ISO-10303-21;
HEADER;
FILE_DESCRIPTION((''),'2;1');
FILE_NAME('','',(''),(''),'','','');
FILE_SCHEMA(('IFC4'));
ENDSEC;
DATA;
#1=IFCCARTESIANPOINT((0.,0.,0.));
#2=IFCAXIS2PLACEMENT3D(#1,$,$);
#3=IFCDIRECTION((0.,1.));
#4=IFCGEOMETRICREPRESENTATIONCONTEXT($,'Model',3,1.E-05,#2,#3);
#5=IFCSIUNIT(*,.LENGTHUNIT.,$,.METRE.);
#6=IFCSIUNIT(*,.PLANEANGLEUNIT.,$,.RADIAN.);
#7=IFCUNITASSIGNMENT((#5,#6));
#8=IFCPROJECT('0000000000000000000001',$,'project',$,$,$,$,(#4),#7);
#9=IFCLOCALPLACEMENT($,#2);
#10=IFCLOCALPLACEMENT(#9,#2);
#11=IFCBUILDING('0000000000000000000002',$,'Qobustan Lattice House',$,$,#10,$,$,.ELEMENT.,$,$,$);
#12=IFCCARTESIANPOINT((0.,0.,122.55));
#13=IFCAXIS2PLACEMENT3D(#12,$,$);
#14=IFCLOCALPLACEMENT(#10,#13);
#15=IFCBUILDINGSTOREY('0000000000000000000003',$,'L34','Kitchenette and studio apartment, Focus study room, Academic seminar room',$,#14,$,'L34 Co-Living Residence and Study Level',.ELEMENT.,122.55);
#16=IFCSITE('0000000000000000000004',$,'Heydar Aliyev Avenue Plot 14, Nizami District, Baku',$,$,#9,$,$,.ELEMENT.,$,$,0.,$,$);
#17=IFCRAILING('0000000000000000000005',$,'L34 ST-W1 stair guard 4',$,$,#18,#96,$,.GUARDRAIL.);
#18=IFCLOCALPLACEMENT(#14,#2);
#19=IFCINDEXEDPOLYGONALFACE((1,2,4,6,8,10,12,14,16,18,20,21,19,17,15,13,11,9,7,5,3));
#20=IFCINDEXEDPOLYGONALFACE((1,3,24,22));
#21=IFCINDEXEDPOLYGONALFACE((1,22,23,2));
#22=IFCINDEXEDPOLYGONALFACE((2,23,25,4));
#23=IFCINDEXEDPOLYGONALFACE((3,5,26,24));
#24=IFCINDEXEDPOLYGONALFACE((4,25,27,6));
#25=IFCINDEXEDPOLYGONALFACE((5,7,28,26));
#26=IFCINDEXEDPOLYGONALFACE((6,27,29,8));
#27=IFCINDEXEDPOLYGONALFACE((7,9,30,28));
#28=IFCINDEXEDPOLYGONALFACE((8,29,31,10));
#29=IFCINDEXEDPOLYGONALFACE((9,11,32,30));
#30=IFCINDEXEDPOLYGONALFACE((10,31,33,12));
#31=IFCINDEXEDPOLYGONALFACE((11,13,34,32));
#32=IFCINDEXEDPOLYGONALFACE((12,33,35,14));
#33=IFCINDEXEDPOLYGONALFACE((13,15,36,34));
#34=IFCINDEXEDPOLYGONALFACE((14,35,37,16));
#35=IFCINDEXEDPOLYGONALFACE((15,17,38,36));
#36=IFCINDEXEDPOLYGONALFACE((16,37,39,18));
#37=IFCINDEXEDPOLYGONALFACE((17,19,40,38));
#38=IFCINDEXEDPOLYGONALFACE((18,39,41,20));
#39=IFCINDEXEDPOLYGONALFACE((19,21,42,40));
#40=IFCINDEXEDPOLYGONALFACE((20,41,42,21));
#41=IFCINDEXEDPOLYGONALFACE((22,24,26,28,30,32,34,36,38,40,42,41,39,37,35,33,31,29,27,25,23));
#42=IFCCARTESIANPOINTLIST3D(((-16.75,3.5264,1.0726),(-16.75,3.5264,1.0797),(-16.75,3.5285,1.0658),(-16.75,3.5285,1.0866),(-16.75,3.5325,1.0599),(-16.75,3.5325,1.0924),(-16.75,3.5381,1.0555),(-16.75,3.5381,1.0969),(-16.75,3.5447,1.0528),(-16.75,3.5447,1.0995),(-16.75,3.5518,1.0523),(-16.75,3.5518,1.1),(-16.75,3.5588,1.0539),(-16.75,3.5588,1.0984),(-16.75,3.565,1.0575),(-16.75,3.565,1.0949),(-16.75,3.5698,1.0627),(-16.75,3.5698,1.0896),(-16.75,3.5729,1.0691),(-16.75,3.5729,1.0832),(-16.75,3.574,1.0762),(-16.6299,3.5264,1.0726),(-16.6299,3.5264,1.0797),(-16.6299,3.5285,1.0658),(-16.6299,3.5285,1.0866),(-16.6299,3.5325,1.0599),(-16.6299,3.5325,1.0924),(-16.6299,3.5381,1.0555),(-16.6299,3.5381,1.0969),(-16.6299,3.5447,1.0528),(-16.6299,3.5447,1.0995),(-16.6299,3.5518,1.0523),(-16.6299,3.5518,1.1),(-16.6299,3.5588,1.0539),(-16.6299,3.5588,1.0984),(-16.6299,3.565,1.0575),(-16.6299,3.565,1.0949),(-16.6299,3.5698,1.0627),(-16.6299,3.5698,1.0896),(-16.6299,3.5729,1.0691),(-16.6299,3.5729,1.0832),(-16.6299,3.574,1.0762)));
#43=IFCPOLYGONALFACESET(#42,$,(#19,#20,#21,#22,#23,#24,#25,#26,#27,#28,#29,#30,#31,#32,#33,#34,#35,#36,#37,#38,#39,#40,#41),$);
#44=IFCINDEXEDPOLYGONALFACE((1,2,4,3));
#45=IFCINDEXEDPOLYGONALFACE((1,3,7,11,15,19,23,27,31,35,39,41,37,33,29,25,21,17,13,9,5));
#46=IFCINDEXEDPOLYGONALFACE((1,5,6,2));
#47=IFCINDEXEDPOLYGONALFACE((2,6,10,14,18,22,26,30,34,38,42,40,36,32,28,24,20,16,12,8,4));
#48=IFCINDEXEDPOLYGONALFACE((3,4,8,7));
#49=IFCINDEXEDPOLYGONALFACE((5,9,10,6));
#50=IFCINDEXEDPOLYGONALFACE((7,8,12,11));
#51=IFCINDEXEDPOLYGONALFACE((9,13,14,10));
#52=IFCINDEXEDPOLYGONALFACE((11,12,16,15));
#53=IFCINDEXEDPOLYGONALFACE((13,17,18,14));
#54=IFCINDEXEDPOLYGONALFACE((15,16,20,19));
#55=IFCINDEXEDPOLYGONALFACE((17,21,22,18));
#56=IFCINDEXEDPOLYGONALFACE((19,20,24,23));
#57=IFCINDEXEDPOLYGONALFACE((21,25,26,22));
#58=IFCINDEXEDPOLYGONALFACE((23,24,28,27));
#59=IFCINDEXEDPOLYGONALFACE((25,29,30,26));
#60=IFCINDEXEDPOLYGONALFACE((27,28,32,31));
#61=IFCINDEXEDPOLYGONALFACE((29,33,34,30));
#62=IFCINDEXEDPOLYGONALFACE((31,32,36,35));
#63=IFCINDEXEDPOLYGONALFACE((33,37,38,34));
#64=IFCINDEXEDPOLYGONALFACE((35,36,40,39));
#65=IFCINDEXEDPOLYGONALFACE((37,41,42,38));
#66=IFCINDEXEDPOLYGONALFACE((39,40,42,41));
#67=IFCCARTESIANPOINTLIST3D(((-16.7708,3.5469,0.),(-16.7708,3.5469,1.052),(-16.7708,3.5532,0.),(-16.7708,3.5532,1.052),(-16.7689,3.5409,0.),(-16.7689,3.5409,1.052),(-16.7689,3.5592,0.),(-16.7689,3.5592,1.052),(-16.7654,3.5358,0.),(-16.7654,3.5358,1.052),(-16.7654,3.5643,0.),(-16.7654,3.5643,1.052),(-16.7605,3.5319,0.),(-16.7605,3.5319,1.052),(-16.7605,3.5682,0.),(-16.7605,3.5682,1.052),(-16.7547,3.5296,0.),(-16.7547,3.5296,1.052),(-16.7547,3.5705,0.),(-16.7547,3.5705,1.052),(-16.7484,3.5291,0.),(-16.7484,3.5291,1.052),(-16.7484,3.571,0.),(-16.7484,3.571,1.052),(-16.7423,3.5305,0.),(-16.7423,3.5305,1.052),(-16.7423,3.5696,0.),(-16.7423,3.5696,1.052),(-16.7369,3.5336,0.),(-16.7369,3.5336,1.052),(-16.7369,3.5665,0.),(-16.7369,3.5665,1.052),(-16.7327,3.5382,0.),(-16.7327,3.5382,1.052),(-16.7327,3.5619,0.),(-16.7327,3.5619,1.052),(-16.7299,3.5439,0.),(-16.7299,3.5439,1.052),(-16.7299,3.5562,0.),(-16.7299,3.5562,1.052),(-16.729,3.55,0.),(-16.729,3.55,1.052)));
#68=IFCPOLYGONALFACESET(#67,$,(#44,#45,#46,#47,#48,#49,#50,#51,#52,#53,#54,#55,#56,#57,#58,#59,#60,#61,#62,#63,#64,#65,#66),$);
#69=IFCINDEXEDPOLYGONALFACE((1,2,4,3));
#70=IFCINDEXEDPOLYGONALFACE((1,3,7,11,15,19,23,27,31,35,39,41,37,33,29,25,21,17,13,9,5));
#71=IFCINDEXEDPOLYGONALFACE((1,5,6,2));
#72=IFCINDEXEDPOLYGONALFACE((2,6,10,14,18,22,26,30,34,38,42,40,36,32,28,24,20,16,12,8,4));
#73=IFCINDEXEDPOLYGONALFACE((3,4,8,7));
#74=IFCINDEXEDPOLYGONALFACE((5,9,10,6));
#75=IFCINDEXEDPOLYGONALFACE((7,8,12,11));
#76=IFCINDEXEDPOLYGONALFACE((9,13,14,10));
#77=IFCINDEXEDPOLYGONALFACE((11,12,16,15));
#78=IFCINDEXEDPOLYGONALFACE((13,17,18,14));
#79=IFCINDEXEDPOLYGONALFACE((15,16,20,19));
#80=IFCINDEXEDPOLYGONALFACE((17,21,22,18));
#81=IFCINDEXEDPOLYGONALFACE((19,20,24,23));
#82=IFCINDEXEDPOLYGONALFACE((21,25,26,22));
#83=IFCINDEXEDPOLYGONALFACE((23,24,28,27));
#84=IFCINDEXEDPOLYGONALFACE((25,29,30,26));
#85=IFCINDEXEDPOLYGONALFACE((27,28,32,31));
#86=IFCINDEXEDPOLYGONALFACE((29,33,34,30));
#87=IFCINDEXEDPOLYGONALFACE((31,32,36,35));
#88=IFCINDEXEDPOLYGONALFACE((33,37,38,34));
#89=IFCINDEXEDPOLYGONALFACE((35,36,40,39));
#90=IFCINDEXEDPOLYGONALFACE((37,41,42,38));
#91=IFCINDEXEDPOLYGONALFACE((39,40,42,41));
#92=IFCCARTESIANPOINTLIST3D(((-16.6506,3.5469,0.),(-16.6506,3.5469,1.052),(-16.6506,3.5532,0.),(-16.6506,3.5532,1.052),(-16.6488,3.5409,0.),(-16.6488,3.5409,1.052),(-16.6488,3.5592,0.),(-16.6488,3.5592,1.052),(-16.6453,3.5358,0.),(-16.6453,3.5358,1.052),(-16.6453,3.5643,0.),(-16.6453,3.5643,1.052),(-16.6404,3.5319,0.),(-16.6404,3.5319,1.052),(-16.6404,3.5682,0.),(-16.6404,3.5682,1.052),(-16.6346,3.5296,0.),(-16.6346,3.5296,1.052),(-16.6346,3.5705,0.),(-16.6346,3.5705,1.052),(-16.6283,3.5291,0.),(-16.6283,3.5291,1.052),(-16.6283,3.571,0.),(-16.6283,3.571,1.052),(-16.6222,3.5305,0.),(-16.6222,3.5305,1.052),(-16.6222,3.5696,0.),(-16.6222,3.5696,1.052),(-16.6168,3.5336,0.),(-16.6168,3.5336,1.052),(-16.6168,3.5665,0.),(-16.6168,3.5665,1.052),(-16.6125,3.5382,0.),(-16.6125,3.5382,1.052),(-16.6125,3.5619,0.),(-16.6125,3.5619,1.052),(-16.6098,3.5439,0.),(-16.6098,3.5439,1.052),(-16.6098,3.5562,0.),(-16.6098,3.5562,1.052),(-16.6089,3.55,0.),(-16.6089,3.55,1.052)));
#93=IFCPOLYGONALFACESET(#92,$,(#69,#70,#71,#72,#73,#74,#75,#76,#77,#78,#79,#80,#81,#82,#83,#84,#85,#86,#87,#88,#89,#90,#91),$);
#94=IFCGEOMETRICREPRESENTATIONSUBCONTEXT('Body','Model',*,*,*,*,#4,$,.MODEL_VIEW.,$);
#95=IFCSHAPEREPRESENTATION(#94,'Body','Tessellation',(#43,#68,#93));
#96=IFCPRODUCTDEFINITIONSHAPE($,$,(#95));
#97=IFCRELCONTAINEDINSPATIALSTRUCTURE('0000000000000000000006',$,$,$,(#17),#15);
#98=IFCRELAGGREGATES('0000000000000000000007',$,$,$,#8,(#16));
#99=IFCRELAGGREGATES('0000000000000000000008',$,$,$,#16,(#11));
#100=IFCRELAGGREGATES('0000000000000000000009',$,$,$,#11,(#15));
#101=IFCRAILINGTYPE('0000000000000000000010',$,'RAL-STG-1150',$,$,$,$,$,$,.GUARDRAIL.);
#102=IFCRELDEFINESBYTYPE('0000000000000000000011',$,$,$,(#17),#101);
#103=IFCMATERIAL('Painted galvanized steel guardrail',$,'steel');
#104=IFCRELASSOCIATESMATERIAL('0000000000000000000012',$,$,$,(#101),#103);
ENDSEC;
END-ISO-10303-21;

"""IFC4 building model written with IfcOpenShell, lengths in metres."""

from ifc_helpers import new_model, si_unit, direction, frame, origin, origin_2d, place, context, subcontext, project, spatial, circle, extrude, material, type_object, element, save


model = new_model("IFC4")

# Units and contexts
model_context = context("Model", 3, precision=1e-05, world=origin(), true_north=direction((0.0, 1.0)))
body_context = subcontext(model_context, "Body", "Model", "MODEL_VIEW")
ifc_project = project(units=[si_unit("LENGTHUNIT", "METRE"), si_unit("PLANEANGLEUNIT", "RADIAN")], contexts=[model_context])

# Site, building, storey
site_placement = place(None, origin())
site = spatial("IfcSite", under=ifc_project, at=site_placement, Name="Heydar Aliyev Avenue Plot 14, Nizami District, Baku", CompositionType="ELEMENT", RefElevation=0.0)
building_placement = place(site_placement, origin())
building = spatial("IfcBuilding", under=site, at=building_placement, Name="Qobustan Lattice House", CompositionType="ELEMENT")
storey_placement = place(building_placement, frame((0.0, 0.0, 122.55)))
storey = spatial("IfcBuildingStorey", under=building, at=storey_placement, Name="L34", Description="Kitchenette and studio apartment, Focus study room, Academic seminar room", LongName="L34 Co-Living Residence and Study Level", CompositionType="ELEMENT", Elevation=122.55)

# Railing
ifc_material_1 = material(Name="Painted galvanized steel guardrail", Category="steel")
railing_type_1 = type_object("IfcRailingType", Name="RAL-STG-1150", PredefinedType="GUARDRAIL", material=ifc_material_1)
railing_1_placement = place(storey_placement, frame((-16.75, 3.55, 0.0)))
element("IfcRailing", 1, at=railing_1_placement, inside=storey, type_object=railing_type_1, Name="L34 ST-W1 stair guard 4", PredefinedType="GUARDRAIL", context=body_context, shape_type="SweptSolid", body=[
    extrude(circle(Radius=0.0239, at=origin_2d()), frame((0.0, 0.0, 1.0762), z_axis=(1.0, 0.0, 0.0), x_axis=(0.0, 1.0, 0.0)), (0.0, 0.0, 1.0), 0.1201),
    extrude(circle(Radius=0.021, at=origin_2d()), origin(), (0.0, 0.0, 1.0), 1.052),
    extrude(circle(Radius=0.021, at=origin_2d()), frame((0.1201, 0.0, 0.0)), (0.0, 0.0, 1.0), 1.052),
])

save(model, "model.ifc")
